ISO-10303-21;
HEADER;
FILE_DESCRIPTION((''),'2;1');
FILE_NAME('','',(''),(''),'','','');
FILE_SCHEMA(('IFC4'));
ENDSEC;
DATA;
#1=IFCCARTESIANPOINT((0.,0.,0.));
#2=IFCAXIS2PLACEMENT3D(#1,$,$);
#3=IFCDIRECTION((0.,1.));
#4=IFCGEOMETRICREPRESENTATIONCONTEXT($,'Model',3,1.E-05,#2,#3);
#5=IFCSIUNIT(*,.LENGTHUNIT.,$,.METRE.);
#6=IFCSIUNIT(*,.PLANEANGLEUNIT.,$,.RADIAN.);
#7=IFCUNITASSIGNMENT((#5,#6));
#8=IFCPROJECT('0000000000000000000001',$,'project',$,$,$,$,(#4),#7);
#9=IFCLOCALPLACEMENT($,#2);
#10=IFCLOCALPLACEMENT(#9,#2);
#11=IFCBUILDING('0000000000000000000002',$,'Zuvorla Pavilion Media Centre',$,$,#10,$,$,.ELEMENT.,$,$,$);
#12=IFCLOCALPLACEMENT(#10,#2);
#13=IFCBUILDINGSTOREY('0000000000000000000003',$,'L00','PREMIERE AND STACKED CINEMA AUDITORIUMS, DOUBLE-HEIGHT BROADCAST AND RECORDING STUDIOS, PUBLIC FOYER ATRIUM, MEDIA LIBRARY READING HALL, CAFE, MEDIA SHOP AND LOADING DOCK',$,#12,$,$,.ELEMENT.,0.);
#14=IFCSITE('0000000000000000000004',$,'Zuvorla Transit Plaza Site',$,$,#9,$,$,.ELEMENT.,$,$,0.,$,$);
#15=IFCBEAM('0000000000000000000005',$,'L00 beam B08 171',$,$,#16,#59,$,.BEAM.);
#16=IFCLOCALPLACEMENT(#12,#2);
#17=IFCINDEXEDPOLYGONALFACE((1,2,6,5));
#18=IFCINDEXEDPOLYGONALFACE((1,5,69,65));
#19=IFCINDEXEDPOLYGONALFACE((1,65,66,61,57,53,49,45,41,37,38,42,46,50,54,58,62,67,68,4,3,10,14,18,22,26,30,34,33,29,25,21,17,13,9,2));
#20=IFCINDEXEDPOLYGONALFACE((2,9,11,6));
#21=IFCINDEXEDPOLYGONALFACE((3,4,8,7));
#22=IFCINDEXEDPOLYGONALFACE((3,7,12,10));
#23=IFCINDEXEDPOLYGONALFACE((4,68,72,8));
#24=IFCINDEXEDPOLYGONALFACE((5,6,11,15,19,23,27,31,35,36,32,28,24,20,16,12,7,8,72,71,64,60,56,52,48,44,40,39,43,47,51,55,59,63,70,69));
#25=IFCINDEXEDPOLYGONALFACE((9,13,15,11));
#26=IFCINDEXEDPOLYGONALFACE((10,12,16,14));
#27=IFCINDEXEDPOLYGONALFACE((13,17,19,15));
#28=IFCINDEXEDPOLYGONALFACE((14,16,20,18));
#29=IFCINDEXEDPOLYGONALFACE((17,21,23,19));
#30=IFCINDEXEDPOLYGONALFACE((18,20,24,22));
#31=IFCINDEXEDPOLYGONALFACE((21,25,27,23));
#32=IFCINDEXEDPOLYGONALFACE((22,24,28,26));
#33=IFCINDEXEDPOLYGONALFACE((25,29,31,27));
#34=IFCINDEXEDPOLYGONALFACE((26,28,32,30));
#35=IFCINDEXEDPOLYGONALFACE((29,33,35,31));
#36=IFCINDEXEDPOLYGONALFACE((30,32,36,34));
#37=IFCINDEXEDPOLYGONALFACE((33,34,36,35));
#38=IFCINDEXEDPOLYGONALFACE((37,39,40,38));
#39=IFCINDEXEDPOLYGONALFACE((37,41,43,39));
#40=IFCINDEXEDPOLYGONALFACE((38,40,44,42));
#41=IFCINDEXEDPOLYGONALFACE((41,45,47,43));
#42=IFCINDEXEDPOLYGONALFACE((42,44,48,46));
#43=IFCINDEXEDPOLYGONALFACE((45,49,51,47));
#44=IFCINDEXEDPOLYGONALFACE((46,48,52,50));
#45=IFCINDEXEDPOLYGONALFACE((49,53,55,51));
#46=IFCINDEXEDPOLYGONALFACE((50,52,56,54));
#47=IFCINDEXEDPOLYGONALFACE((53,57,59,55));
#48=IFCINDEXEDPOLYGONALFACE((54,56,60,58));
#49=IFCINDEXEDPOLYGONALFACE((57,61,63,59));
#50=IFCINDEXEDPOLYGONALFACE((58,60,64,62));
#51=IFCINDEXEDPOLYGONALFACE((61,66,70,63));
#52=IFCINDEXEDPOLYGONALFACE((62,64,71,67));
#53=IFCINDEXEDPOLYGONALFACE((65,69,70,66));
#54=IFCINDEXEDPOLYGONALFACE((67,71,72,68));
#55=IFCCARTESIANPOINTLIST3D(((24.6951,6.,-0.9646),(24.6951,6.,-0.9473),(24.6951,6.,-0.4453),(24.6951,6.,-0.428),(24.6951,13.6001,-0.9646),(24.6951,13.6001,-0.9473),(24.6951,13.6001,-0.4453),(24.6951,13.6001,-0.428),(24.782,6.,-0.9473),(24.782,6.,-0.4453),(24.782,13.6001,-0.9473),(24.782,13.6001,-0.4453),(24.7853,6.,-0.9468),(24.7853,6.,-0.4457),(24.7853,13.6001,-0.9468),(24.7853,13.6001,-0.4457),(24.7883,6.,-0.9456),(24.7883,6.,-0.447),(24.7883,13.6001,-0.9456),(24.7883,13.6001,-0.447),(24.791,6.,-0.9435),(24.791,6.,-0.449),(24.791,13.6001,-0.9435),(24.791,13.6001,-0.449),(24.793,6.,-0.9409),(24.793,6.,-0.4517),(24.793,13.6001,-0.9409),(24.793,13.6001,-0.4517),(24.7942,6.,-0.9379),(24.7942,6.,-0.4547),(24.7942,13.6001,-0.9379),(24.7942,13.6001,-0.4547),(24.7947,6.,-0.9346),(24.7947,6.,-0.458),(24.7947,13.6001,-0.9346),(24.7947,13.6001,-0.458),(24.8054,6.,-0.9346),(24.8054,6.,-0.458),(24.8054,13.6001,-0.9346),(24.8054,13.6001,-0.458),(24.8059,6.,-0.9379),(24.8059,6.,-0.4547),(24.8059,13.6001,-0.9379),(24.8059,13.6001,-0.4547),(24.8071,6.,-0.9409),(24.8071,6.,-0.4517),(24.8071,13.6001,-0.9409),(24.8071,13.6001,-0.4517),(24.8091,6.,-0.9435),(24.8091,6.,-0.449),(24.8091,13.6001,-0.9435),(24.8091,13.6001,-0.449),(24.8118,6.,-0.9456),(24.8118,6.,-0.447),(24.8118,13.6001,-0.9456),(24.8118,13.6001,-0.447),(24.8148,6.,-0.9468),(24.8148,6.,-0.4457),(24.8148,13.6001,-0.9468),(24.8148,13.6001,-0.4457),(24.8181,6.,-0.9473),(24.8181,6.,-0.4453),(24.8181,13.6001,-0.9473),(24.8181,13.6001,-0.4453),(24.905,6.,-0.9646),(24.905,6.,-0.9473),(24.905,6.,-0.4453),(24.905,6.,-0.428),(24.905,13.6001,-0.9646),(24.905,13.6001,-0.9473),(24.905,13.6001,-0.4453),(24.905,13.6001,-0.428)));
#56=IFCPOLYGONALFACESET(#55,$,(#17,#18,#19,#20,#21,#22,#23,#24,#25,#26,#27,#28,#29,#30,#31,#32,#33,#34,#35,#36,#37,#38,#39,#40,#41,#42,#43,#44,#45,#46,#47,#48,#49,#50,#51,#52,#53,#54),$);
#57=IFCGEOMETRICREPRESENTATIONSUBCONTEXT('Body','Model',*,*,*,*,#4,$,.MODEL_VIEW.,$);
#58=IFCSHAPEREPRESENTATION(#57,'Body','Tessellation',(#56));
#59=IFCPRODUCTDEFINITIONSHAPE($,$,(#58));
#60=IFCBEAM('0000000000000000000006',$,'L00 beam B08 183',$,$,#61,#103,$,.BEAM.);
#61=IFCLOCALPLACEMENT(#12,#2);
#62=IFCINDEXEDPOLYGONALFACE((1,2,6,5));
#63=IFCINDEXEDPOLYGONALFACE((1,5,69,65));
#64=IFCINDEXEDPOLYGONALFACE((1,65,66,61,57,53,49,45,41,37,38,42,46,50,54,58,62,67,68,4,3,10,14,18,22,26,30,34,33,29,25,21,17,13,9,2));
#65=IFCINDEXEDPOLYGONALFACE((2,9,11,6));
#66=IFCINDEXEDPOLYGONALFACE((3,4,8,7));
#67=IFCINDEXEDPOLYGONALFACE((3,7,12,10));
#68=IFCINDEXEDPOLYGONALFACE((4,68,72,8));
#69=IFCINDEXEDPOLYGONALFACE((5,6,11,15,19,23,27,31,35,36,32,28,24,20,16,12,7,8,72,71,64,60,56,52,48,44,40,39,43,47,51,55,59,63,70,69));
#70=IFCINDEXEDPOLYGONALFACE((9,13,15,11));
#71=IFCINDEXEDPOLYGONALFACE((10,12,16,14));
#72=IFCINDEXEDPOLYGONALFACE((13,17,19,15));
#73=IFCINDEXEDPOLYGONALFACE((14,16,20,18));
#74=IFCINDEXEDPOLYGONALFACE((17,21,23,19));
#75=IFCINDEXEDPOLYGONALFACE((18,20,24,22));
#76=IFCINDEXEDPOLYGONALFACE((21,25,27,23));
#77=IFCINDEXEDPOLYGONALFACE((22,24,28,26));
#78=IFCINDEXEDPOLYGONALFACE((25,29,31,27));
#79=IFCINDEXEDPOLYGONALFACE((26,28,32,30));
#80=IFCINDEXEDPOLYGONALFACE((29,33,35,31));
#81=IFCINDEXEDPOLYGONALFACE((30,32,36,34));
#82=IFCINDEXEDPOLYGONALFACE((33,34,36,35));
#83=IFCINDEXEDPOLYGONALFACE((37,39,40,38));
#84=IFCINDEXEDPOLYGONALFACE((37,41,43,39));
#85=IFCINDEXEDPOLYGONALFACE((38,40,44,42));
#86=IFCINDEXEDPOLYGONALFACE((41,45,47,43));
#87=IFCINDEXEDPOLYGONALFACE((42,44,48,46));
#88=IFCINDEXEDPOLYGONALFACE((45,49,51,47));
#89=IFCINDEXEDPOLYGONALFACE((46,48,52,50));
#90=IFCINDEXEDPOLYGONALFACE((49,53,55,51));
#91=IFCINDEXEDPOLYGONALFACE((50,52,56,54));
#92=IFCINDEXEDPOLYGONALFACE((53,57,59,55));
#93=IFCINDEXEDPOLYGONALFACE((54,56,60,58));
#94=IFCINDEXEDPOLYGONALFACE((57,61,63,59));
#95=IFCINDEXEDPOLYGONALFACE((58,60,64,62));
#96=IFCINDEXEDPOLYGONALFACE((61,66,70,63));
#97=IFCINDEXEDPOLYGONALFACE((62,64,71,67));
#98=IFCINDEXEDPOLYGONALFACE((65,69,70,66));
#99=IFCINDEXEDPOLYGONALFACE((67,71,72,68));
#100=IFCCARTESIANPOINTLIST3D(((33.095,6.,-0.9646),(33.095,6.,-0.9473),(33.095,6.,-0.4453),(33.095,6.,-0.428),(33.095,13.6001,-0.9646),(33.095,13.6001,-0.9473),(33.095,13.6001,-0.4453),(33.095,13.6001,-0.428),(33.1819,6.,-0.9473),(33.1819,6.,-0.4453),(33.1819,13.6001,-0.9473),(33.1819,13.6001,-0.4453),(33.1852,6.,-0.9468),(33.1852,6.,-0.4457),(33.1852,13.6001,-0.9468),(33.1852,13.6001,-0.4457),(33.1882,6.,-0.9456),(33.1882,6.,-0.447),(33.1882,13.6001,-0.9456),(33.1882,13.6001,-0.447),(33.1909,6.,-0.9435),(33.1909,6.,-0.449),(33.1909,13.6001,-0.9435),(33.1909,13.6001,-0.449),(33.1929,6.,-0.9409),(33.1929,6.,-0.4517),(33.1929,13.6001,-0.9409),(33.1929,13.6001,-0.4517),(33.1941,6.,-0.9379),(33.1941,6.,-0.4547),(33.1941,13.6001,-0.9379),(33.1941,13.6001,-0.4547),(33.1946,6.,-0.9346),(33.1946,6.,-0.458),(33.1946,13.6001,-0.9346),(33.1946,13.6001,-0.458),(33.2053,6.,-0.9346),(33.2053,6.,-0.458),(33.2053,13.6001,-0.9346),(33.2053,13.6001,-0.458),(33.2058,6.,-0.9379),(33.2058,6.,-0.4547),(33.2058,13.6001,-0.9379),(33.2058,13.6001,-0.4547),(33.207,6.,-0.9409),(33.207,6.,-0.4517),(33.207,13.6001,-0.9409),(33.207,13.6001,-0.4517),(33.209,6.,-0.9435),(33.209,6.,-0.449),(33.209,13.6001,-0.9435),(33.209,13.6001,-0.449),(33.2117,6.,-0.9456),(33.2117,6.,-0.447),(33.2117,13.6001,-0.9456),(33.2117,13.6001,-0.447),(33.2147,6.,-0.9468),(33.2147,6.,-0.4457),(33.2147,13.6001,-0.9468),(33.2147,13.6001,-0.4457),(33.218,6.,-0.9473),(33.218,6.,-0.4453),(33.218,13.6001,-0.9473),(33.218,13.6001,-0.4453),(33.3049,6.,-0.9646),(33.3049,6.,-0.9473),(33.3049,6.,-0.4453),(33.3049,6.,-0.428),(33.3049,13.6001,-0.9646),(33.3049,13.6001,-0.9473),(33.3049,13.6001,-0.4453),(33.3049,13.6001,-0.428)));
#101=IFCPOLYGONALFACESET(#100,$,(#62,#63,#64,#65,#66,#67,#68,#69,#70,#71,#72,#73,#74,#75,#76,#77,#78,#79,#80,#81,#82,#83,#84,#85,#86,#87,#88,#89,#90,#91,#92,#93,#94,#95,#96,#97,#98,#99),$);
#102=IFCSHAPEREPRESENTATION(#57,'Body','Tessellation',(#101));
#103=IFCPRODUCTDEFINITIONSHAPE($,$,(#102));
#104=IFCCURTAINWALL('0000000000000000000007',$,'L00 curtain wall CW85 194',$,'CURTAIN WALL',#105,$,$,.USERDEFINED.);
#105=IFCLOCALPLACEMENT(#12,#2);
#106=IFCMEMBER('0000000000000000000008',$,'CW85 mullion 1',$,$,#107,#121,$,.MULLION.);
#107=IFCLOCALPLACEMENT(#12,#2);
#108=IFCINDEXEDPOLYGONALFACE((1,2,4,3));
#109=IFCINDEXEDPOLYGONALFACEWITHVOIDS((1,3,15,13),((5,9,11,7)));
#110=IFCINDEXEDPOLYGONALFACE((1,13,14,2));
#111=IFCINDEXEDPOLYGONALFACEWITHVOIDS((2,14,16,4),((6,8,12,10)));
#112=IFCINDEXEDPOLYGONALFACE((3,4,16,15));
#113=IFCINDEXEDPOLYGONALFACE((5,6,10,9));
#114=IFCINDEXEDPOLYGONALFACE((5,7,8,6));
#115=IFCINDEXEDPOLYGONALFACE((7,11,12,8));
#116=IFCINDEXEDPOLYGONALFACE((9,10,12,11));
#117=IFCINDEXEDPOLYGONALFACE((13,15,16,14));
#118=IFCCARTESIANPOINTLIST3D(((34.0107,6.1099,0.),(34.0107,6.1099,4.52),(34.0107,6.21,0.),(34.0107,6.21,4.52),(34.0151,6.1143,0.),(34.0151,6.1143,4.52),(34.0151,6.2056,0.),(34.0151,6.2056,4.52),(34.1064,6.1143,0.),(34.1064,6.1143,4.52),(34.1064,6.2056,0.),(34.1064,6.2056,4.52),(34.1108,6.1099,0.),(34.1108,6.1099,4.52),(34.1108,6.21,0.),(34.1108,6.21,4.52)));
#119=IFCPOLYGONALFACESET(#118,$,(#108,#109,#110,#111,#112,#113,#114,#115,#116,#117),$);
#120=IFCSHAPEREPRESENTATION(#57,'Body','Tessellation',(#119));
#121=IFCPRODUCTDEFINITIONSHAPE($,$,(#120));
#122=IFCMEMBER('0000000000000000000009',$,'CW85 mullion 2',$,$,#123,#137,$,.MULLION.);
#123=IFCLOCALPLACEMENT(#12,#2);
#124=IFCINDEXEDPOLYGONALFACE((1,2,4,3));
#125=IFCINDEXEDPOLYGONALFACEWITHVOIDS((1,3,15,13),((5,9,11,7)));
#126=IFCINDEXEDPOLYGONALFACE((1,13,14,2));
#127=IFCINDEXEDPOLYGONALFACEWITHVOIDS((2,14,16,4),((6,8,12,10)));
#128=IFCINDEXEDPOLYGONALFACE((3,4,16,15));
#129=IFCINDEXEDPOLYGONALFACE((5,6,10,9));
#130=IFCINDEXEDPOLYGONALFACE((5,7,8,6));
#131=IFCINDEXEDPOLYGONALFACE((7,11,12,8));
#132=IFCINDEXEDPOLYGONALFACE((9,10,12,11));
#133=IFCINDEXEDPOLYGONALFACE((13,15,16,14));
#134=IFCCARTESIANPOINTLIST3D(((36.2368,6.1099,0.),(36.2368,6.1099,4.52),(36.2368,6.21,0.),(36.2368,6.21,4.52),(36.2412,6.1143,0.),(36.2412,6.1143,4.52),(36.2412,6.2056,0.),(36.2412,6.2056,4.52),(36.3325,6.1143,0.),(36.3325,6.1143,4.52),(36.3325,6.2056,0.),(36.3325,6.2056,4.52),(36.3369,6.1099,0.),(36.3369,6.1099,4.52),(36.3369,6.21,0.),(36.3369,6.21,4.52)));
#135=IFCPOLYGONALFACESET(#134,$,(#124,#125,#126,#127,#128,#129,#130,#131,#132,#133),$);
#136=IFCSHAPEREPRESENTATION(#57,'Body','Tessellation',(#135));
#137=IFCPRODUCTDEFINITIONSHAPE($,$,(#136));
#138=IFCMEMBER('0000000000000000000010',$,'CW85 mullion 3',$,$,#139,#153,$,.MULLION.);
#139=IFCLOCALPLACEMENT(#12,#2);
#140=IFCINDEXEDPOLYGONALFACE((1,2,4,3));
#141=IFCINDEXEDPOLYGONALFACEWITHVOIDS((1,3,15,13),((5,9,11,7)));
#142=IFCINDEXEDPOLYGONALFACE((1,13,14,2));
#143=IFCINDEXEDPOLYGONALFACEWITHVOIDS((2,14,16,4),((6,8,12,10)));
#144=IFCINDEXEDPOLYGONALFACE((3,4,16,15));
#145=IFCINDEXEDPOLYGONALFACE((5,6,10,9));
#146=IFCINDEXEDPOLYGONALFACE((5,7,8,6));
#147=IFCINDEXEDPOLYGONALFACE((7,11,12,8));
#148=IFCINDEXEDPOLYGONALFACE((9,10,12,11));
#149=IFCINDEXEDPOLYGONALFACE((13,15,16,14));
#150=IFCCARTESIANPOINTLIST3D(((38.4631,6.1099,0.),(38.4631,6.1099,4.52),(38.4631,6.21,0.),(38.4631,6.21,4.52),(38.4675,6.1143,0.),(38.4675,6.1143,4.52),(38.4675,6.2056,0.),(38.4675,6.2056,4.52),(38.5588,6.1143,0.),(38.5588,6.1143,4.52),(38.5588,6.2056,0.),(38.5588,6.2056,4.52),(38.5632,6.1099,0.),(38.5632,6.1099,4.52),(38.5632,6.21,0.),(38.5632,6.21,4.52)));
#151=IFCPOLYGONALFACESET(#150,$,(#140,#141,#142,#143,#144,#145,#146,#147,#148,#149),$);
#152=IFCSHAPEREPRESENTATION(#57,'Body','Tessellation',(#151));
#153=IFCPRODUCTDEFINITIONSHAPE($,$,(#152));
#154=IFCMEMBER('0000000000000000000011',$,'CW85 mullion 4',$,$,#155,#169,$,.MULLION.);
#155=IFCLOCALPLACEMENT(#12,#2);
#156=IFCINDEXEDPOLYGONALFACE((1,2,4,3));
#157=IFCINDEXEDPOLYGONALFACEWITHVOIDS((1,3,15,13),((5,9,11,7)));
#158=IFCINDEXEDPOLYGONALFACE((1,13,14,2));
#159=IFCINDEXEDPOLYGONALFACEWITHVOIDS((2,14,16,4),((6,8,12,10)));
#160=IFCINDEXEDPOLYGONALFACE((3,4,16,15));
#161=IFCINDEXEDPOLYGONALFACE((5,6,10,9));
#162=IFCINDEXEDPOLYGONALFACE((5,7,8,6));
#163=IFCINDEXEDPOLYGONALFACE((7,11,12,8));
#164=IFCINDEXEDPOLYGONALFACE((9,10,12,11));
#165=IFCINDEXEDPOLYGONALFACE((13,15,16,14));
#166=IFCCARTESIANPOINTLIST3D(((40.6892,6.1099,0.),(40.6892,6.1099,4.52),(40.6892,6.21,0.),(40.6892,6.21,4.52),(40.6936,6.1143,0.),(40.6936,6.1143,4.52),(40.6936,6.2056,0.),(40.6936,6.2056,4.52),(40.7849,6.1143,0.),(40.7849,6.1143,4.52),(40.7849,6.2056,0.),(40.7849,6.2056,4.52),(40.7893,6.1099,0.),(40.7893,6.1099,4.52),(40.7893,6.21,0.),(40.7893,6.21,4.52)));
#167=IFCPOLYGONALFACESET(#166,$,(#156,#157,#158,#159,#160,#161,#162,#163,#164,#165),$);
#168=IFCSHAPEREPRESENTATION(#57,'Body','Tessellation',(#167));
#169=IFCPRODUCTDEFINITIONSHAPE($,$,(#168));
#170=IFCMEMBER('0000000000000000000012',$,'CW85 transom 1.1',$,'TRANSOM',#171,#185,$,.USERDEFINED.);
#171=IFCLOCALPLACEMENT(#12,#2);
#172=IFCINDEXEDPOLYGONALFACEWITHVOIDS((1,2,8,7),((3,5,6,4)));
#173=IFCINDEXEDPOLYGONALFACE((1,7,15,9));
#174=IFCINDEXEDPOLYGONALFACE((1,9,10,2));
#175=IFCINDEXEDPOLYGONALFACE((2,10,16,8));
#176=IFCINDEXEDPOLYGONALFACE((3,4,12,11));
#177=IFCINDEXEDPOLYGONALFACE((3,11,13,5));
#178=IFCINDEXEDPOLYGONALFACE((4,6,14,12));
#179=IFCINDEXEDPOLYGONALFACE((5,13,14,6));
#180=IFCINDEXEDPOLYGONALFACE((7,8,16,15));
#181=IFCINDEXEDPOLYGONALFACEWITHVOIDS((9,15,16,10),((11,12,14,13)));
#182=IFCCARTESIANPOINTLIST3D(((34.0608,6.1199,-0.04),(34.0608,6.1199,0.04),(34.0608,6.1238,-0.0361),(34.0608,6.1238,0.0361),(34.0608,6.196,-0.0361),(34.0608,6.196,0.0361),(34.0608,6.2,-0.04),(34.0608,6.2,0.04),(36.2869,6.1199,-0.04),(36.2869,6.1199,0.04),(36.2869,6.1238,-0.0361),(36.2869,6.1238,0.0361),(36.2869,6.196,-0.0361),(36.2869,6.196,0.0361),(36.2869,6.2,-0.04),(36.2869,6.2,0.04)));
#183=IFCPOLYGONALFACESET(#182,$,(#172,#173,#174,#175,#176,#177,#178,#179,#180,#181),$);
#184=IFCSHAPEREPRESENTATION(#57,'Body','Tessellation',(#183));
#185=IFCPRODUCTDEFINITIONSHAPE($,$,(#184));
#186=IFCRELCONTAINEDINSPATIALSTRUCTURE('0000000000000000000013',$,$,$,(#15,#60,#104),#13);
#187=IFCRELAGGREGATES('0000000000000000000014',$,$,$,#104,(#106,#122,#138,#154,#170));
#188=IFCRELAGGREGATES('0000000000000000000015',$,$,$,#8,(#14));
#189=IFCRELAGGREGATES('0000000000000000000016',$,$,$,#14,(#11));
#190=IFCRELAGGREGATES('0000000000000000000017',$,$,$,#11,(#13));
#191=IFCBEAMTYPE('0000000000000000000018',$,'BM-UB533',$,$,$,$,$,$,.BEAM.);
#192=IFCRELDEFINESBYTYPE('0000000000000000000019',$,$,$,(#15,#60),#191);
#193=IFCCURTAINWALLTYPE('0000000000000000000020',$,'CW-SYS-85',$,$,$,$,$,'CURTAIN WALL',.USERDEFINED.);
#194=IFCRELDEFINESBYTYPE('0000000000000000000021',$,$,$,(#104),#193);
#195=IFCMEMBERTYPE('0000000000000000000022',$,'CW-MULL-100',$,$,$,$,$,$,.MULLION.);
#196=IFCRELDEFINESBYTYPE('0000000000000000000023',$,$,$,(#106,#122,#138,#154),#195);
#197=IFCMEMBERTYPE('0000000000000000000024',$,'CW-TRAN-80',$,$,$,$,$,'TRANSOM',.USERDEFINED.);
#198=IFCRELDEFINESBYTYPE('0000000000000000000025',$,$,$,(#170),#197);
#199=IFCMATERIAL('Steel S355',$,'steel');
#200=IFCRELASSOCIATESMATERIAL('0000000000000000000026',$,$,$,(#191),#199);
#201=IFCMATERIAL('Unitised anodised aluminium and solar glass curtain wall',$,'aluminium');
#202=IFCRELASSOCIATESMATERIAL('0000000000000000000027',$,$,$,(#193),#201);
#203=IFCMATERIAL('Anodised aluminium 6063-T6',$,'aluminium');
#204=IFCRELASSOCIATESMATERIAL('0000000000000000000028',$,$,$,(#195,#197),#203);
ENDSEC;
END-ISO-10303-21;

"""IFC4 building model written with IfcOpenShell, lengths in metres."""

from ifc_helpers import new_model, si_unit, direction, frame, origin, origin_2d, place, context, subcontext, project, spatial, hollow_rectangle, i_section, extrude, material, material_profile, profile_set, type_object, element, aggregate, save


model = new_model("IFC4")

# Units and contexts
model_context = context("Model", 3, precision=1e-05, world=origin(), true_north=direction((0.0, 1.0)))
body_context = subcontext(model_context, "Body", "Model", "MODEL_VIEW")
ifc_project = project(units=[si_unit("LENGTHUNIT", "METRE"), si_unit("PLANEANGLEUNIT", "RADIAN")], contexts=[model_context])

# Site, building, storey
site_placement = place(None, origin())
site = spatial("IfcSite", under=ifc_project, at=site_placement, Name="Zuvorla Transit Plaza Site", CompositionType="ELEMENT", RefElevation=0.0)
building_placement = place(site_placement, origin())
building = spatial("IfcBuilding", under=site, at=building_placement, Name="Zuvorla Pavilion Media Centre", CompositionType="ELEMENT")
storey_placement = place(building_placement, origin())
storey = spatial("IfcBuildingStorey", under=building, at=storey_placement, Name="L00", Description="PREMIERE AND STACKED CINEMA AUDITORIUMS, DOUBLE-HEIGHT BROADCAST AND RECORDING STUDIOS, PUBLIC FOYER ATRIUM, MEDIA LIBRARY READING HALL, CAFE, MEDIA SHOP AND LOADING DOCK", CompositionType="ELEMENT", Elevation=0.0)

# Beams
ifc_material_1 = material(Name="Steel S355", Category="steel")
ifc_material_profile_1 = material_profile(ifc_material_1, i_section(OverallWidth=0.21, OverallDepth=0.5366, WebThickness=0.0107, FlangeThickness=0.0173, FilletRadius=0.0127, at=origin_2d()), Name="UB 533x210x101")
ifc_profile_set_1 = profile_set([ifc_material_profile_1], Name="Steel S355")
beam_type_1 = type_object("IfcBeamType", Name="BM-UB533", PredefinedType="BEAM", material=ifc_profile_set_1)
for number, where, z_axis, x_axis, name in (
    (1, (24.8, 6.0, -0.6963), (0.0, 1.0, 0.0), (-1.0, 0.0, 0.0), "L00 beam B08 171"),
    (2, (33.2, 6.0, -0.6963), (0.0, 1.0, 0.0), (-1.0, 0.0, 0.0), "L00 beam B08 183"),
):
    element("IfcBeam", number, at=place(storey_placement, frame(where, z_axis=z_axis, x_axis=x_axis)), inside=storey, type_object=beam_type_1, Name=name, PredefinedType="BEAM", context=body_context, shape_type="SweptSolid", body=[
        extrude(i_section(OverallWidth=0.21, OverallDepth=0.5366, WebThickness=0.0107, FlangeThickness=0.0173, FilletRadius=0.0127, at=origin_2d()), origin(), (0.0, 0.0, 1.0), 7.6001),
    ])

# Curtain wall, members
ifc_material_2 = material(Name="Unitised anodised aluminium and solar glass curtain wall", Category="aluminium")
curtain_wall_type = type_object("IfcCurtainWallType", Name="CW-SYS-85", ElementType="CURTAIN WALL", PredefinedType="USERDEFINED", material=ifc_material_2)
curtain_wall_placement = place(storey_placement, origin())
curtain_wall = element("IfcCurtainWall", 3, at=curtain_wall_placement, inside=storey, type_object=curtain_wall_type, Name="L00 curtain wall CW85 194", ObjectType="CURTAIN WALL", PredefinedType="USERDEFINED")
ifc_material_3 = material(Name="Anodised aluminium 6063-T6", Category="aluminium")
ifc_material_profile_2 = material_profile(ifc_material_3, hollow_rectangle(XDim=0.1001, YDim=0.1001, WallThickness=0.0044, at=origin_2d()), Name="ALU MULL 100x100")
ifc_profile_set_2 = profile_set([ifc_material_profile_2], Name="Anodised aluminium 6063-T6")
member_type_1 = type_object("IfcMemberType", Name="CW-MULL-100", PredefinedType="MULLION", material=ifc_profile_set_2)
member_1_placement = place(storey_placement, frame((34.0608, 6.1599, 0.0), z_axis=(0.0, 0.0, 1.0), x_axis=(1.0, 0.0, 0.0)))
member_1 = element("IfcMember", 4, at=member_1_placement, type_object=member_type_1, Name="CW85 mullion 1", PredefinedType="MULLION", context=body_context, shape_type="SweptSolid", body=[
    extrude(hollow_rectangle(XDim=0.1001, YDim=0.1001, WallThickness=0.0044, at=origin_2d()), origin(), (0.0, 0.0, 1.0), 4.52),
])
member_2_placement = place(storey_placement, frame((36.2869, 6.1599, 0.0), z_axis=(0.0, 0.0, 1.0), x_axis=(1.0, 0.0, 0.0)))
member_2 = element("IfcMember", 5, at=member_2_placement, type_object=member_type_1, Name="CW85 mullion 2", PredefinedType="MULLION", context=body_context, shape_type="SweptSolid", body=[
    extrude(hollow_rectangle(XDim=0.1001, YDim=0.1001, WallThickness=0.0044, at=origin_2d()), origin(), (0.0, 0.0, 1.0), 4.52),
])
member_3_placement = place(storey_placement, frame((38.5132, 6.1599, 0.0), z_axis=(0.0, 0.0, 1.0), x_axis=(1.0, 0.0, 0.0)))
member_3 = element("IfcMember", 6, at=member_3_placement, type_object=member_type_1, Name="CW85 mullion 3", PredefinedType="MULLION", context=body_context, shape_type="SweptSolid", body=[
    extrude(hollow_rectangle(XDim=0.1001, YDim=0.1001, WallThickness=0.0044, at=origin_2d()), origin(), (0.0, 0.0, 1.0), 4.52),
])
member_4_placement = place(storey_placement, frame((40.7393, 6.1599, 0.0), z_axis=(0.0, 0.0, 1.0), x_axis=(1.0, 0.0, 0.0)))
member_4 = element("IfcMember", 7, at=member_4_placement, type_object=member_type_1, Name="CW85 mullion 4", PredefinedType="MULLION", context=body_context, shape_type="SweptSolid", body=[
    extrude(hollow_rectangle(XDim=0.1001, YDim=0.1001, WallThickness=0.0044, at=origin_2d()), origin(), (0.0, 0.0, 1.0), 4.52),
])
ifc_material_profile_3 = material_profile(ifc_material_3, hollow_rectangle(XDim=0.0801, YDim=0.0801, WallThickness=0.0039, at=origin_2d()), Name="ALU TRAN 80x80")
ifc_profile_set_3 = profile_set([ifc_material_profile_3], Name="Anodised aluminium 6063-T6")
member_type_2 = type_object("IfcMemberType", Name="CW-TRAN-80", ElementType="TRANSOM", PredefinedType="USERDEFINED", material=ifc_profile_set_3)
member_5_placement = place(storey_placement, frame((34.0608, 6.1599, 0.0), z_axis=(1.0, 0.0, 0.0), x_axis=(0.0, 1.0, 0.0)))
member_5 = element("IfcMember", 8, at=member_5_placement, type_object=member_type_2, Name="CW85 transom 1.1", ObjectType="TRANSOM", PredefinedType="USERDEFINED", context=body_context, shape_type="SweptSolid", body=[
    extrude(hollow_rectangle(XDim=0.0801, YDim=0.0801, WallThickness=0.0039, at=origin_2d()), origin(), (0.0, 0.0, 1.0), 2.2261),
])
aggregate(curtain_wall, [member_1, member_2, member_3, member_4, member_5])

save(model, "model.ifc")
